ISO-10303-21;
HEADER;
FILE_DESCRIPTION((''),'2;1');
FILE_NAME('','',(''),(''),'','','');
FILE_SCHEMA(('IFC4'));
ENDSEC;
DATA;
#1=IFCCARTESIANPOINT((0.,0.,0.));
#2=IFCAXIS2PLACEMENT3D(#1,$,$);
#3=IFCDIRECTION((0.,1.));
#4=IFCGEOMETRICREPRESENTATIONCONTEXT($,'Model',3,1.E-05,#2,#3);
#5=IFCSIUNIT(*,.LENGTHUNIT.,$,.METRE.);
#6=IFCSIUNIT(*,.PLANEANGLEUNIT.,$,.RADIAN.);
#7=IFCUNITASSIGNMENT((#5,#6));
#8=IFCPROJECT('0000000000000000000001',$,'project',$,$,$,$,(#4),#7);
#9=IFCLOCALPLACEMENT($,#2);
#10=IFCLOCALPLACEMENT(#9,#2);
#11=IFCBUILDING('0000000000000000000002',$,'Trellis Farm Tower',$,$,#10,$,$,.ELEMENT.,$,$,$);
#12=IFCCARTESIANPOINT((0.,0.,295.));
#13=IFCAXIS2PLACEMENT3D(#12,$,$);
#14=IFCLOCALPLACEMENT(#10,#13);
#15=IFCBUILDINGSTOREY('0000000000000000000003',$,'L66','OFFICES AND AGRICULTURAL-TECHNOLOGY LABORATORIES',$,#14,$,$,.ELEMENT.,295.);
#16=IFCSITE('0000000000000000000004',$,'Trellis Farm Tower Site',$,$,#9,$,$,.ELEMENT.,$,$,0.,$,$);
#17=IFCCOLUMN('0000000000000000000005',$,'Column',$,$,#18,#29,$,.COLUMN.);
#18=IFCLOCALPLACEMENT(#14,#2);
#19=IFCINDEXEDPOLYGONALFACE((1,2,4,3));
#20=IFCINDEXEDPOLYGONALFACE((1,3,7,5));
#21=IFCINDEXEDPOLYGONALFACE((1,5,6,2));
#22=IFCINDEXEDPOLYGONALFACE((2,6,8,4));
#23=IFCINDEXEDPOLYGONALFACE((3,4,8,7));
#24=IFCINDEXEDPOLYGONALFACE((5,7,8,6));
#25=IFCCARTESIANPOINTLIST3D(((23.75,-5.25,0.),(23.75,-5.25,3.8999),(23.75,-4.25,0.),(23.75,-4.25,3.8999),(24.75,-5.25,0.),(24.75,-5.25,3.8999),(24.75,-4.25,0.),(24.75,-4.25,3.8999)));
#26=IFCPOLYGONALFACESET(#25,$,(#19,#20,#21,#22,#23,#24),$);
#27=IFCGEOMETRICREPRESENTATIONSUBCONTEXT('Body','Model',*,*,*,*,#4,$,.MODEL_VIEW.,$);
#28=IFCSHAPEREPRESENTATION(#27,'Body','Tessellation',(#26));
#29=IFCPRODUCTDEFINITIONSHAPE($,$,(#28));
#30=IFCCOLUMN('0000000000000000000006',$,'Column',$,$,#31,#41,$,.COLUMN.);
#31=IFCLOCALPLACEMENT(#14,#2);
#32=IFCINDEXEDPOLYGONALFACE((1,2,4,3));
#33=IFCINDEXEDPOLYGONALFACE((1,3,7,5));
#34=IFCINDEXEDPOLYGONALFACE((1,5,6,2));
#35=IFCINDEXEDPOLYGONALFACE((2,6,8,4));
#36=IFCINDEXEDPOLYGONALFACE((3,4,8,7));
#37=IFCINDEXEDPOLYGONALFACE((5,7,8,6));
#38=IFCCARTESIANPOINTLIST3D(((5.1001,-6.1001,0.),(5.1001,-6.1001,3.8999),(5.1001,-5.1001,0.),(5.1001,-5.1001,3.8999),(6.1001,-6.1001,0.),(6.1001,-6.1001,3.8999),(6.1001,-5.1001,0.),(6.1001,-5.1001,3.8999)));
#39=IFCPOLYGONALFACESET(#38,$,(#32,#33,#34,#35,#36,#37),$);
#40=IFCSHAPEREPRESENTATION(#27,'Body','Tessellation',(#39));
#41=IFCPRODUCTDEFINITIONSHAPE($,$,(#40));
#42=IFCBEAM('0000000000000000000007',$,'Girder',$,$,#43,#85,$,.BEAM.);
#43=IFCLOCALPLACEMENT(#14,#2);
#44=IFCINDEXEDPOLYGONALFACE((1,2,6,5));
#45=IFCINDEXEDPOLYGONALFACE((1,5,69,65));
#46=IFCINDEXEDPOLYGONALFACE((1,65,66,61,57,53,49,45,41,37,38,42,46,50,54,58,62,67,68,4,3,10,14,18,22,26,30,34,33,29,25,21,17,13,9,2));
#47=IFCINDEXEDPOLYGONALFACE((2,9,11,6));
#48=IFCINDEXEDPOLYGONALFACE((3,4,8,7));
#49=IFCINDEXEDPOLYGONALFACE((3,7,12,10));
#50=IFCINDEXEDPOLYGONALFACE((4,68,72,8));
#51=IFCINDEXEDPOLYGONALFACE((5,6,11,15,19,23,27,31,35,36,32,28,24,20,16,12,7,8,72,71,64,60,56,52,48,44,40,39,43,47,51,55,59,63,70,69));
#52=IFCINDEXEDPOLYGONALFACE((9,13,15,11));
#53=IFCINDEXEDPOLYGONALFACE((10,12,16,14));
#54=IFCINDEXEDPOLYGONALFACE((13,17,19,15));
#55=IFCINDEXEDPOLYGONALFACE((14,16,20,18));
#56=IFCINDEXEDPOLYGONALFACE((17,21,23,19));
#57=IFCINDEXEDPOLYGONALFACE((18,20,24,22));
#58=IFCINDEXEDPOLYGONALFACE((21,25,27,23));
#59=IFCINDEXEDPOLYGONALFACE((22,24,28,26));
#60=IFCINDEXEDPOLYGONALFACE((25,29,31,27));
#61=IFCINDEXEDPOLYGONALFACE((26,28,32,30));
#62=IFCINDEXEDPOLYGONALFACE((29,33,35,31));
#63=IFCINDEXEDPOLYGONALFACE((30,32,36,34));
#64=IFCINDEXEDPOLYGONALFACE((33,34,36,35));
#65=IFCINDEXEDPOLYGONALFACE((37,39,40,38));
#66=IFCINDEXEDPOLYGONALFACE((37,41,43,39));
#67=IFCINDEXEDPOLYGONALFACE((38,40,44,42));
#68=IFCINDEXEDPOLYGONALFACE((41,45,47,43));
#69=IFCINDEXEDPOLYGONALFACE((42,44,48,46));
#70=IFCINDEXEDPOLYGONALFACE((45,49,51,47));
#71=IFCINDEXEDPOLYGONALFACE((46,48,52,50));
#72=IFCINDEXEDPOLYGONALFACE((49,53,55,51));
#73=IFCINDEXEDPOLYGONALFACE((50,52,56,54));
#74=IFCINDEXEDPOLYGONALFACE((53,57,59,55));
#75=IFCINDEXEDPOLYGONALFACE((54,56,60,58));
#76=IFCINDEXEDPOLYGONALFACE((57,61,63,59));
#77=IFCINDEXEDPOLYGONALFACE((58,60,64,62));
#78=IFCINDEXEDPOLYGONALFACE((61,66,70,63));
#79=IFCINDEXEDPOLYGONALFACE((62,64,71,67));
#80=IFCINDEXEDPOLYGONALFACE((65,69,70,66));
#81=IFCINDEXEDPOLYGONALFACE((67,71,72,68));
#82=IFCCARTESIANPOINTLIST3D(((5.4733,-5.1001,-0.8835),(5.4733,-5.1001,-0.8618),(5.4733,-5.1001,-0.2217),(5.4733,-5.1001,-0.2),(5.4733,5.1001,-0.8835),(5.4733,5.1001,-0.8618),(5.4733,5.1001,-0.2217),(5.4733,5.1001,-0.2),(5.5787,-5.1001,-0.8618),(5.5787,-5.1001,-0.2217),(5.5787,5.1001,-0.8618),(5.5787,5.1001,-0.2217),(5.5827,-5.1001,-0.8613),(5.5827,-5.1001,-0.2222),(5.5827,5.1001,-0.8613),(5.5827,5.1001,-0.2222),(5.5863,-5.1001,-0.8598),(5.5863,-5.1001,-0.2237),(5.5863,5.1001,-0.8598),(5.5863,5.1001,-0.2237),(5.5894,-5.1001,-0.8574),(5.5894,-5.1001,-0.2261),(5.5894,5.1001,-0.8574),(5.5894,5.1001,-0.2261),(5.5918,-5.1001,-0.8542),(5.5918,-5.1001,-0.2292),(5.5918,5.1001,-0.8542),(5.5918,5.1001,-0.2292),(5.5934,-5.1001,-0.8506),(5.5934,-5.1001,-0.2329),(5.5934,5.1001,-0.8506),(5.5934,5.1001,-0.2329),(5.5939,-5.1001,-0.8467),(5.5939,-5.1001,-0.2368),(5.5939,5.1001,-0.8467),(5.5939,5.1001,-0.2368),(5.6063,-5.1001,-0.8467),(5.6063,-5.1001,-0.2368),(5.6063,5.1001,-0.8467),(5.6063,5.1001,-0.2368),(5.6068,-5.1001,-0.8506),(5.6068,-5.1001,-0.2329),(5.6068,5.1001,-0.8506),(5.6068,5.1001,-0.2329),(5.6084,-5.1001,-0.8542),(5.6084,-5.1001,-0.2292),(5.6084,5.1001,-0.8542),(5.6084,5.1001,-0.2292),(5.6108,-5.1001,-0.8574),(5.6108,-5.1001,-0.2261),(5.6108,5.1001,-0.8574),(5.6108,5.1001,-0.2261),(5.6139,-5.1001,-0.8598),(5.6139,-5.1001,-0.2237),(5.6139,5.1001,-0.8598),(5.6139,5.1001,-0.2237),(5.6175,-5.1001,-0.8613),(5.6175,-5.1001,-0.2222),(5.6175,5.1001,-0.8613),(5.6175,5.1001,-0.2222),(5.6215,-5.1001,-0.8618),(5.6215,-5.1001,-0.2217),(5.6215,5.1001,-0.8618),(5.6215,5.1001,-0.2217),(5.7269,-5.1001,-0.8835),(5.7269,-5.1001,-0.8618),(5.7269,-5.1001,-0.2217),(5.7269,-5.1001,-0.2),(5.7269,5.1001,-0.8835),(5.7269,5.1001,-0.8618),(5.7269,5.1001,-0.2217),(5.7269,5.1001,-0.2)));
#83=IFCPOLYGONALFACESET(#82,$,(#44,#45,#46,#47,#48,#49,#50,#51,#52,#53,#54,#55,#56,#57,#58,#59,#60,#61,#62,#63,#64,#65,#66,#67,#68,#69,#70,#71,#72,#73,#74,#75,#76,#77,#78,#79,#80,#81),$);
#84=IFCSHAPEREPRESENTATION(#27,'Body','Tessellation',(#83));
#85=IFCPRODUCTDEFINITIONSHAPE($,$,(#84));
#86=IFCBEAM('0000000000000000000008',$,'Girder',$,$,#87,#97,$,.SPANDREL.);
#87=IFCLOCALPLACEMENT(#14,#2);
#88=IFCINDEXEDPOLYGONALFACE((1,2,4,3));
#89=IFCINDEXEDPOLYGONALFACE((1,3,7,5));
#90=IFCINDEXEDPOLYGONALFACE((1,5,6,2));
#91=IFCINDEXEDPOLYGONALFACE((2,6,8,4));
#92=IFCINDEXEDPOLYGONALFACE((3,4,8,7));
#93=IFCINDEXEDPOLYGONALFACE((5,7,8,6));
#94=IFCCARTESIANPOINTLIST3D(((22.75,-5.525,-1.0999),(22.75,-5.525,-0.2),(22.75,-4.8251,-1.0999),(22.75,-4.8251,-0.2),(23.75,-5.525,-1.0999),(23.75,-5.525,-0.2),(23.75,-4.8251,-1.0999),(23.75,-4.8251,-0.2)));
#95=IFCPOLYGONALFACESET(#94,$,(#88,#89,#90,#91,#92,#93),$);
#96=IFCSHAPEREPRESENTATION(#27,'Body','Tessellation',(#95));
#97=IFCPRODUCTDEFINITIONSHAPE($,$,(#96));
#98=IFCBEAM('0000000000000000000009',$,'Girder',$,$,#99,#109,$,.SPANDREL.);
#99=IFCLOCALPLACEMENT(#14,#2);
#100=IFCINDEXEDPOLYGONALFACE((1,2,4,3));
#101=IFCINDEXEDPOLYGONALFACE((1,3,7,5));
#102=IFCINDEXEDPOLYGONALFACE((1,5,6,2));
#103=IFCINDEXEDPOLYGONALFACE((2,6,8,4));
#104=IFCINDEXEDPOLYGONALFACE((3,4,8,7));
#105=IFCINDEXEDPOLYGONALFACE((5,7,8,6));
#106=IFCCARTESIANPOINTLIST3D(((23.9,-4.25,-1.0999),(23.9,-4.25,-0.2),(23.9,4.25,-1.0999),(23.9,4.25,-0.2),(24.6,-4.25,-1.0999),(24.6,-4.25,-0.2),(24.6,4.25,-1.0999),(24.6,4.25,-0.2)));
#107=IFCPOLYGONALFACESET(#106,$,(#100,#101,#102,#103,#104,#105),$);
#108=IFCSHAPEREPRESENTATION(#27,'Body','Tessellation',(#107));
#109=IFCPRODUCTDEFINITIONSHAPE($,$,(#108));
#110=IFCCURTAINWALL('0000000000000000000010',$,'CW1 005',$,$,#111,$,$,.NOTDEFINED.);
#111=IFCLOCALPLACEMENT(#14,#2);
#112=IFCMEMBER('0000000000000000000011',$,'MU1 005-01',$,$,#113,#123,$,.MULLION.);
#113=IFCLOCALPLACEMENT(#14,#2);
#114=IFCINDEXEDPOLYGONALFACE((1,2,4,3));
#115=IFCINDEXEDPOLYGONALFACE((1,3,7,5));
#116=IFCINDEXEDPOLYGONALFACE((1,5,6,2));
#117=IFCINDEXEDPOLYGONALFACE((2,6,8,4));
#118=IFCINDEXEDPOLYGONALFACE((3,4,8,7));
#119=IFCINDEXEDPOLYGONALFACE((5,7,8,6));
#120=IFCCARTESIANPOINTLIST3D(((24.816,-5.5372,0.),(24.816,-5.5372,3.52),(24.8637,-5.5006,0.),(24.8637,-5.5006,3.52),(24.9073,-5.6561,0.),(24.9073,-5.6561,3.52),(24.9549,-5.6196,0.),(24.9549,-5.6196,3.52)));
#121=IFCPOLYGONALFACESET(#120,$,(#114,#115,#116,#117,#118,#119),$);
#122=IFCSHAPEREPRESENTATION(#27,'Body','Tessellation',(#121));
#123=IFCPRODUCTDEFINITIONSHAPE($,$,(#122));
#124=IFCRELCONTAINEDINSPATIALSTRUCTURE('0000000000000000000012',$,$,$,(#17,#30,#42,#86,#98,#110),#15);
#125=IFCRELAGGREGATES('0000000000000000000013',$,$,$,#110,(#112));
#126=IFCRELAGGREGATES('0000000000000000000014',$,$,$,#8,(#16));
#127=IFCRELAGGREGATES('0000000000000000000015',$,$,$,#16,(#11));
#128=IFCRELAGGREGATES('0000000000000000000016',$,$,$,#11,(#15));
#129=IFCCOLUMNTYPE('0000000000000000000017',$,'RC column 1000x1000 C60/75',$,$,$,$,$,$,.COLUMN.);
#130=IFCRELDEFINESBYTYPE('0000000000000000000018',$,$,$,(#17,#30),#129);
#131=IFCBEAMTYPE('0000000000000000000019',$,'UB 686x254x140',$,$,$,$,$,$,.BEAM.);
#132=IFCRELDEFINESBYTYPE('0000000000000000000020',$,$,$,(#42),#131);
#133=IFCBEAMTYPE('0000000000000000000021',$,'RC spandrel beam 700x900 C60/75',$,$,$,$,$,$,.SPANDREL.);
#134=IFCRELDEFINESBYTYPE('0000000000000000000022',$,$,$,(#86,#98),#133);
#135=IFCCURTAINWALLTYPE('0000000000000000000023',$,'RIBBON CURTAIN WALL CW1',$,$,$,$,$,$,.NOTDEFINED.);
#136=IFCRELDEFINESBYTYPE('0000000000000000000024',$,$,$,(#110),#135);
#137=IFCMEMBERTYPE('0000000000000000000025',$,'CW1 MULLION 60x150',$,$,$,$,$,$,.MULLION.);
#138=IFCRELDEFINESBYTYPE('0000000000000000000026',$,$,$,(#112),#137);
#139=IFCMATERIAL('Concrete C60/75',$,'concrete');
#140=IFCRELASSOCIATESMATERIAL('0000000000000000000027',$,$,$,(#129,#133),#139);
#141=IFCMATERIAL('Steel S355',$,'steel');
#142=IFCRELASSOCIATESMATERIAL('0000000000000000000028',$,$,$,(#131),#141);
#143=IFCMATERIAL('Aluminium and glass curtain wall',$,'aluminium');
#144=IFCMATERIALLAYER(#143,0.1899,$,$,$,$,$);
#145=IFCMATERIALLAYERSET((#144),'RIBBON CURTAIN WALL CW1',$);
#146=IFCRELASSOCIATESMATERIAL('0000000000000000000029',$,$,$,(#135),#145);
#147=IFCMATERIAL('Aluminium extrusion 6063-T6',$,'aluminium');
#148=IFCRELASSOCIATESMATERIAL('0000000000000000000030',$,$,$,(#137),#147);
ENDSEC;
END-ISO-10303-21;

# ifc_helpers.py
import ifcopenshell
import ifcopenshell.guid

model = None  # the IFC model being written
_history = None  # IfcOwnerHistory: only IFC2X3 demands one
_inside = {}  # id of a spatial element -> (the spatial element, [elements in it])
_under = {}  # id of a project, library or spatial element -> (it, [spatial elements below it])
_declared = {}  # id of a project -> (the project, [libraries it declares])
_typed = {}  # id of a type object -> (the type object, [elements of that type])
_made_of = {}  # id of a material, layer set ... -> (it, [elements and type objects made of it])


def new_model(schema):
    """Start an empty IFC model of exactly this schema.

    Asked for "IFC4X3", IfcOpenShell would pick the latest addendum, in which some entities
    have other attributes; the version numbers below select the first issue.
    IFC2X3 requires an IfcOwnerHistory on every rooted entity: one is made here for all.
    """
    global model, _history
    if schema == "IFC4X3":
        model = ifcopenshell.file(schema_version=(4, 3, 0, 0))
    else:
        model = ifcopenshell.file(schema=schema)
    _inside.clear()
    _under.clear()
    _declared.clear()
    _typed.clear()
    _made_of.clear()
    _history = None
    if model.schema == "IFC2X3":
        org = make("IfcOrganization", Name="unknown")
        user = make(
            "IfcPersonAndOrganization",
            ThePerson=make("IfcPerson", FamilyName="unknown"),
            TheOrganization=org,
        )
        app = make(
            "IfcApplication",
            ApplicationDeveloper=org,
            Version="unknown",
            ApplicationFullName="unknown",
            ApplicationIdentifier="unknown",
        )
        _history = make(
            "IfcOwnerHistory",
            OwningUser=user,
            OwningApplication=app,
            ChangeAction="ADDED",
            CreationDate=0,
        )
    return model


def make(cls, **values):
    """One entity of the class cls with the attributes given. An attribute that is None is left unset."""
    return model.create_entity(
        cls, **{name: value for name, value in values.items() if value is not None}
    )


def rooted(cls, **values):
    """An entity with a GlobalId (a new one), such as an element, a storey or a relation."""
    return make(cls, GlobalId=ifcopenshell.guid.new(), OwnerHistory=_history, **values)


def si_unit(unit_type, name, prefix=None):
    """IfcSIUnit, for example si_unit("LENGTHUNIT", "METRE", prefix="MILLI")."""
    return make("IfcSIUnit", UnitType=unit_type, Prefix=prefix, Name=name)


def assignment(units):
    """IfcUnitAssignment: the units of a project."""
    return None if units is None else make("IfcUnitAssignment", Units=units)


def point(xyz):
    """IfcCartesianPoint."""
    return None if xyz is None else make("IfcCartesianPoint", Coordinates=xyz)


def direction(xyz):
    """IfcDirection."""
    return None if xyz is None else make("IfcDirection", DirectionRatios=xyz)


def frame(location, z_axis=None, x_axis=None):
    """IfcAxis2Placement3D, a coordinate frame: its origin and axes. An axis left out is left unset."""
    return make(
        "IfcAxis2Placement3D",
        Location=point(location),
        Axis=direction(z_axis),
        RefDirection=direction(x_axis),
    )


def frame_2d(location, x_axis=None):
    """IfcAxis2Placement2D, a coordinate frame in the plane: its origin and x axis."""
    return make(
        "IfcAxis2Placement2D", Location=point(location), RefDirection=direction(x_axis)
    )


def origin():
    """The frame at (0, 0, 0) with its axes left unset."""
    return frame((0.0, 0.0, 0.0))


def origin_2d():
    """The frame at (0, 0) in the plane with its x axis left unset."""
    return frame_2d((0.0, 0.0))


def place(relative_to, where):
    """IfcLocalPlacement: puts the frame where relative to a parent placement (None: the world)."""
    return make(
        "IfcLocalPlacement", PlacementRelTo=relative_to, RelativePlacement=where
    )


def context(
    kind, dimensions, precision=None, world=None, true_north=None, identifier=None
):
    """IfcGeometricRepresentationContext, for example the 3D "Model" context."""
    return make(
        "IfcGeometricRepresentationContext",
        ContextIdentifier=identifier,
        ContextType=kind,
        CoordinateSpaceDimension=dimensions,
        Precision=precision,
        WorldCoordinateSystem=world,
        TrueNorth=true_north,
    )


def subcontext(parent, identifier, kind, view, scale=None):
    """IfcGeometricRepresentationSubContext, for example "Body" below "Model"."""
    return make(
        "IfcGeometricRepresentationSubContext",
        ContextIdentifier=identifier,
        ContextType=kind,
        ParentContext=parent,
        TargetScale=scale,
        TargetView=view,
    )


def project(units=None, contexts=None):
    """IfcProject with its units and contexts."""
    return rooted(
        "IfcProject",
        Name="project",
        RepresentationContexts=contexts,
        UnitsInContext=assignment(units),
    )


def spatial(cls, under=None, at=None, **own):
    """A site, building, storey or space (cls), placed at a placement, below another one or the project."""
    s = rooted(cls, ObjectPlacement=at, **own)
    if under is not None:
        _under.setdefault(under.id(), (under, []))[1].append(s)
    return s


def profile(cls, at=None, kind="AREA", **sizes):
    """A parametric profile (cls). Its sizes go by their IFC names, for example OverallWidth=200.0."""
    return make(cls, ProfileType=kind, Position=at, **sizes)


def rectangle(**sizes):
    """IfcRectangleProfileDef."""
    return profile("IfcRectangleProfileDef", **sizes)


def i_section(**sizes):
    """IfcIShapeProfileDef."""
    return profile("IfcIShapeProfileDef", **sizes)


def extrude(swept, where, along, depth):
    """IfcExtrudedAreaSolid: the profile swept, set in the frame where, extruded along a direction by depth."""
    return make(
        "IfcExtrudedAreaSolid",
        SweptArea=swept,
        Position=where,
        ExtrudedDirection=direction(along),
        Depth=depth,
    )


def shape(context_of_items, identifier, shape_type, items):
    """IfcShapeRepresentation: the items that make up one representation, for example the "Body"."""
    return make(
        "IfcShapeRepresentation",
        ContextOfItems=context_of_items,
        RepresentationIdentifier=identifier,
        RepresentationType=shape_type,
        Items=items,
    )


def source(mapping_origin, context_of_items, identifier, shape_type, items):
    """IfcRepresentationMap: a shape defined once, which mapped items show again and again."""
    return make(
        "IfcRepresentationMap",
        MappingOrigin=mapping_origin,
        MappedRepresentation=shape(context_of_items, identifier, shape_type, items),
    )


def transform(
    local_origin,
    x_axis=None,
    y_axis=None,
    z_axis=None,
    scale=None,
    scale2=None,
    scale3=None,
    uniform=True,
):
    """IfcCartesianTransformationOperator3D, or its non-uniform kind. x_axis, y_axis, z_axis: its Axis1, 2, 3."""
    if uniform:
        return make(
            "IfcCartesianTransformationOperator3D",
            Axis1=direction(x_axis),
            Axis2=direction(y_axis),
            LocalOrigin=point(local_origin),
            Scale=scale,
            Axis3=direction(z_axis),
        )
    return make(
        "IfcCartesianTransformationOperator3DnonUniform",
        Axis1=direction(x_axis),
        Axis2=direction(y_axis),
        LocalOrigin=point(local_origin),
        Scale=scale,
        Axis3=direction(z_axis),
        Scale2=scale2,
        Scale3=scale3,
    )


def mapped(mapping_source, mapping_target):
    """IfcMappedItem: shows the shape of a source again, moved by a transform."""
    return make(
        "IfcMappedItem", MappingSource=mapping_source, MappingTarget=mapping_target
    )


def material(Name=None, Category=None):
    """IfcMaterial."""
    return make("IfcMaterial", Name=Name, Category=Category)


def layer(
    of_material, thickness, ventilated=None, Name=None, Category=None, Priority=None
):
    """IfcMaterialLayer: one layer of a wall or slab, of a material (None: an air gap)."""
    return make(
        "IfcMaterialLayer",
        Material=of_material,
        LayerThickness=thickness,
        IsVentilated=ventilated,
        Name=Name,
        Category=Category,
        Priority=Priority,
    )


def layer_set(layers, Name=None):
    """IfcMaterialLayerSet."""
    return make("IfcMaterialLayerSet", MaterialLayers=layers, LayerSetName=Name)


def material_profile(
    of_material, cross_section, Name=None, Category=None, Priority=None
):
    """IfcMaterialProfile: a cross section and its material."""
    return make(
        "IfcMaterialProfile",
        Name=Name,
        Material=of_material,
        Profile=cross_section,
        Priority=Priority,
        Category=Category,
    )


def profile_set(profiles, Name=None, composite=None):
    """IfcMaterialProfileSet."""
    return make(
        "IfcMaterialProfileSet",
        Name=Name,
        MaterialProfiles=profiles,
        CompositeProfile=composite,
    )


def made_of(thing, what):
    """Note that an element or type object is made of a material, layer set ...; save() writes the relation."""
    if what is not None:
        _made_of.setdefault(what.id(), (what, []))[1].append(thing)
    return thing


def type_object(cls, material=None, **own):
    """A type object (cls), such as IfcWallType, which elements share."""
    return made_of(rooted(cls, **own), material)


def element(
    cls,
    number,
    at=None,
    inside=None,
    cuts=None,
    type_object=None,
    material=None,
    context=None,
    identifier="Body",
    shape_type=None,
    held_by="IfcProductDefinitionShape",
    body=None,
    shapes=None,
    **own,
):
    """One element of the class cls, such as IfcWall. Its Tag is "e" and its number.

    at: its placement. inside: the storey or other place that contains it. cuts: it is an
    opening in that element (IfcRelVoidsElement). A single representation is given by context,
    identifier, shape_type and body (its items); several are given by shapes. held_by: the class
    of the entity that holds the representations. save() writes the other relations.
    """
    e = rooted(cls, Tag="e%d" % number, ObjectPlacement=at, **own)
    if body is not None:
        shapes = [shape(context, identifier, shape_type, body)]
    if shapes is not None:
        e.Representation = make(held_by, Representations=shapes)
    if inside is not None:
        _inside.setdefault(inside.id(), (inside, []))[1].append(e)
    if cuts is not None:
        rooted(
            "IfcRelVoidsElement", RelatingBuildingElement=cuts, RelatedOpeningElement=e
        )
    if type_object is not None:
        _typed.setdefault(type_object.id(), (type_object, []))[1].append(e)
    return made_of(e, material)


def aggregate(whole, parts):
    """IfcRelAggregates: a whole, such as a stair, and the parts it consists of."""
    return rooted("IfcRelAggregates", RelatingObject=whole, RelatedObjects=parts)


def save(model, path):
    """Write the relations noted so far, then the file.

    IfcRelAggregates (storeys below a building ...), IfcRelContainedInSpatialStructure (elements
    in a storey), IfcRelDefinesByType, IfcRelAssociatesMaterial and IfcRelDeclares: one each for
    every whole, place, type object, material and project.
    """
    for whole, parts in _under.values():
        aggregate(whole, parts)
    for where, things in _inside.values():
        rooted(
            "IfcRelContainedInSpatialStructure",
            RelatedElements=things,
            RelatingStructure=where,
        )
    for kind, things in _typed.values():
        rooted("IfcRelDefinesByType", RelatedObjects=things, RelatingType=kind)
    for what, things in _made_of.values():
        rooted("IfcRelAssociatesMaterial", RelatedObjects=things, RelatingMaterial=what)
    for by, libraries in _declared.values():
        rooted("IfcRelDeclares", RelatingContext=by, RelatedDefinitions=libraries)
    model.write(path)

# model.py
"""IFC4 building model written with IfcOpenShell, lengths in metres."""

from ifc_helpers import new_model, si_unit, direction, frame, origin, origin_2d, place, context, subcontext, project, spatial, rectangle, i_section, extrude, source, transform, mapped, material, layer, layer_set, material_profile, profile_set, type_object, element, aggregate, save


model = new_model("IFC4")

# Units and contexts
model_context = context("Model", 3, precision=1e-05, world=origin(), true_north=direction((0.0, 1.0)))
body_context = subcontext(model_context, "Body", "Model", "MODEL_VIEW")
ifc_project = project(units=[si_unit("LENGTHUNIT", "METRE"), si_unit("PLANEANGLEUNIT", "RADIAN")], contexts=[model_context])

# Site, building, storey
site_placement = place(None, origin())
site = spatial("IfcSite", under=ifc_project, at=site_placement, Name="Trellis Farm Tower Site", CompositionType="ELEMENT", RefElevation=0.0)
building_placement = place(site_placement, origin())
building = spatial("IfcBuilding", under=site, at=building_placement, Name="Trellis Farm Tower", CompositionType="ELEMENT")
storey_placement = place(building_placement, frame((0.0, 0.0, 295.0)))
storey = spatial("IfcBuildingStorey", under=building, at=storey_placement, Name="L66", Description="OFFICES AND AGRICULTURAL-TECHNOLOGY LABORATORIES", CompositionType="ELEMENT", Elevation=295.0)

# Columns
ifc_material_1 = material(Name="Concrete C60/75", Category="concrete")
ifc_material_profile_1 = material_profile(ifc_material_1, rectangle(XDim=1.0, YDim=1.0, at=origin_2d()), Name="RC column 1000x1000 C60/75")
ifc_profile_set_1 = profile_set([ifc_material_profile_1], Name="Concrete C60/75")
column_type = type_object("IfcColumnType", Name="RC column 1000x1000 C60/75", PredefinedType="COLUMN", material=ifc_profile_set_1)
shared_shape_1 = source(origin(), body_context, "Body", "SweptSolid", [
    extrude(rectangle(XDim=1.0, YDim=1.0, at=origin_2d()), origin(), (0.0, 0.0, 1.0), 3.8999),
])
for number, where, z_axis, x_axis, name in (
    (1, (24.25, -4.75, 0.0), (0.0, 0.0, 1.0), (1.0, 0.0, 0.0), "Column"),
    (2, (5.6001, -5.6001, 0.0), (0.0, 0.0, 1.0), (1.0, 0.0, 0.0), "Column"),
):
    element("IfcColumn", number, at=place(storey_placement, frame(where, z_axis=z_axis, x_axis=x_axis)), inside=storey, type_object=column_type, Name=name, PredefinedType="COLUMN", context=body_context, shape_type="MappedRepresentation", body=[
        mapped(shared_shape_1, transform((0.0, 0.0, 0.0))),
    ])

# Beams
ifc_material_2 = material(Name="Steel S355", Category="steel")
ifc_material_profile_2 = material_profile(ifc_material_2, i_section(OverallWidth=0.2537, OverallDepth=0.6836, WebThickness=0.0125, FlangeThickness=0.0217, FilletRadius=0.0151, at=origin_2d()), Name="UB 686x254x140")
ifc_profile_set_2 = profile_set([ifc_material_profile_2], Name="Steel S355")
beam_type_1 = type_object("IfcBeamType", Name="UB 686x254x140", PredefinedType="BEAM", material=ifc_profile_set_2)
shared_shape_2 = source(origin(), body_context, "Body", "SweptSolid", [
    extrude(i_section(OverallWidth=0.2537, OverallDepth=0.6836, WebThickness=0.0125, FlangeThickness=0.0217, FilletRadius=0.0151, at=origin_2d()), origin(), (0.0, 0.0, 1.0), 10.2002),
])
beam_1_placement = place(storey_placement, frame((5.6001, -5.1001, -0.5417), z_axis=(0.0, 1.0, 0.0), x_axis=(-1.0, 0.0, 0.0)))
element("IfcBeam", 3, at=beam_1_placement, inside=storey, type_object=beam_type_1, Name="Girder", PredefinedType="BEAM", context=body_context, shape_type="MappedRepresentation", body=[
    mapped(shared_shape_2, transform((0.0, 0.0, 0.0))),
])
ifc_material_profile_3 = material_profile(ifc_material_1, rectangle(XDim=0.7, YDim=0.8999, at=origin_2d()), Name="RC spandrel beam 700x900 C60/75")
ifc_profile_set_3 = profile_set([ifc_material_profile_3], Name="Concrete C60/75")
beam_type_2 = type_object("IfcBeamType", Name="RC spandrel beam 700x900 C60/75", PredefinedType="SPANDREL", material=ifc_profile_set_3)
shared_shape_3 = source(origin(), body_context, "Body", "SweptSolid", [
    extrude(rectangle(XDim=0.7, YDim=0.8999, at=origin_2d()), origin(), (0.0, 0.0, 1.0), 1.0),
])
beam_2_placement = place(storey_placement, frame((22.75, -5.175, -0.6499), z_axis=(1.0, 0.0, 0.0), x_axis=(0.0, 1.0, 0.0)))
element("IfcBeam", 4, at=beam_2_placement, inside=storey, type_object=beam_type_2, Name="Girder", PredefinedType="SPANDREL", context=body_context, shape_type="MappedRepresentation", body=[
    mapped(shared_shape_3, transform((0.0, 0.0, 0.0))),
])
shared_shape_4 = source(origin(), body_context, "Body", "SweptSolid", [
    extrude(rectangle(XDim=0.7, YDim=0.8999, at=origin_2d()), origin(), (0.0, 0.0, 1.0), 8.5),
])
beam_3_placement = place(storey_placement, frame((24.25, -4.25, -0.6499), z_axis=(0.0, 1.0, 0.0), x_axis=(-1.0, 0.0, 0.0)))
element("IfcBeam", 5, at=beam_3_placement, inside=storey, type_object=beam_type_2, Name="Girder", PredefinedType="SPANDREL", context=body_context, shape_type="MappedRepresentation", body=[
    mapped(shared_shape_4, transform((0.0, 0.0, 0.0))),
])

# Curtain wall, member
ifc_material_3 = material(Name="Aluminium and glass curtain wall", Category="aluminium")
ifc_layer_1 = layer(ifc_material_3, 0.1899)
ifc_layer_set_1 = layer_set([ifc_layer_1], Name="RIBBON CURTAIN WALL CW1")
curtain_wall_type = type_object("IfcCurtainWallType", Name="RIBBON CURTAIN WALL CW1", PredefinedType="NOTDEFINED", material=ifc_layer_set_1)
placement = place(storey_placement, origin())
curtain_wall = element("IfcCurtainWall", 6, at=placement, inside=storey, type_object=curtain_wall_type, Name="CW1 005", PredefinedType="NOTDEFINED")
ifc_material_4 = material(Name="Aluminium extrusion 6063-T6", Category="aluminium")
ifc_material_profile_4 = material_profile(ifc_material_4, rectangle(XDim=0.0601, YDim=0.1499, at=origin_2d()), Name="MULLION 60x150")
ifc_profile_set_4 = profile_set([ifc_material_profile_4], Name="Aluminium extrusion 6063-T6")
member_type = type_object("IfcMemberType", Name="CW1 MULLION 60x150", PredefinedType="MULLION", material=ifc_profile_set_4)
shared_shape_5 = source(origin(), body_context, "Body", "SweptSolid", [
    extrude(rectangle(XDim=0.0601, YDim=0.1499, at=origin_2d()), origin(), (0.0, 0.0, 1.0), 3.52),
])
member_placement = place(storey_placement, frame((24.8855, -5.5784, 0.0), z_axis=(0.0, 0.0, 1.0), x_axis=(0.793353, 0.608761, 0.0)))
member = element("IfcMember", 7, at=member_placement, type_object=member_type, Name="MU1 005-01", PredefinedType="MULLION", context=body_context, shape_type="MappedRepresentation", body=[
    mapped(shared_shape_5, transform((0.0, 0.0, 0.0))),
])
aggregate(curtain_wall, [member])

save(model, "model.ifc")
